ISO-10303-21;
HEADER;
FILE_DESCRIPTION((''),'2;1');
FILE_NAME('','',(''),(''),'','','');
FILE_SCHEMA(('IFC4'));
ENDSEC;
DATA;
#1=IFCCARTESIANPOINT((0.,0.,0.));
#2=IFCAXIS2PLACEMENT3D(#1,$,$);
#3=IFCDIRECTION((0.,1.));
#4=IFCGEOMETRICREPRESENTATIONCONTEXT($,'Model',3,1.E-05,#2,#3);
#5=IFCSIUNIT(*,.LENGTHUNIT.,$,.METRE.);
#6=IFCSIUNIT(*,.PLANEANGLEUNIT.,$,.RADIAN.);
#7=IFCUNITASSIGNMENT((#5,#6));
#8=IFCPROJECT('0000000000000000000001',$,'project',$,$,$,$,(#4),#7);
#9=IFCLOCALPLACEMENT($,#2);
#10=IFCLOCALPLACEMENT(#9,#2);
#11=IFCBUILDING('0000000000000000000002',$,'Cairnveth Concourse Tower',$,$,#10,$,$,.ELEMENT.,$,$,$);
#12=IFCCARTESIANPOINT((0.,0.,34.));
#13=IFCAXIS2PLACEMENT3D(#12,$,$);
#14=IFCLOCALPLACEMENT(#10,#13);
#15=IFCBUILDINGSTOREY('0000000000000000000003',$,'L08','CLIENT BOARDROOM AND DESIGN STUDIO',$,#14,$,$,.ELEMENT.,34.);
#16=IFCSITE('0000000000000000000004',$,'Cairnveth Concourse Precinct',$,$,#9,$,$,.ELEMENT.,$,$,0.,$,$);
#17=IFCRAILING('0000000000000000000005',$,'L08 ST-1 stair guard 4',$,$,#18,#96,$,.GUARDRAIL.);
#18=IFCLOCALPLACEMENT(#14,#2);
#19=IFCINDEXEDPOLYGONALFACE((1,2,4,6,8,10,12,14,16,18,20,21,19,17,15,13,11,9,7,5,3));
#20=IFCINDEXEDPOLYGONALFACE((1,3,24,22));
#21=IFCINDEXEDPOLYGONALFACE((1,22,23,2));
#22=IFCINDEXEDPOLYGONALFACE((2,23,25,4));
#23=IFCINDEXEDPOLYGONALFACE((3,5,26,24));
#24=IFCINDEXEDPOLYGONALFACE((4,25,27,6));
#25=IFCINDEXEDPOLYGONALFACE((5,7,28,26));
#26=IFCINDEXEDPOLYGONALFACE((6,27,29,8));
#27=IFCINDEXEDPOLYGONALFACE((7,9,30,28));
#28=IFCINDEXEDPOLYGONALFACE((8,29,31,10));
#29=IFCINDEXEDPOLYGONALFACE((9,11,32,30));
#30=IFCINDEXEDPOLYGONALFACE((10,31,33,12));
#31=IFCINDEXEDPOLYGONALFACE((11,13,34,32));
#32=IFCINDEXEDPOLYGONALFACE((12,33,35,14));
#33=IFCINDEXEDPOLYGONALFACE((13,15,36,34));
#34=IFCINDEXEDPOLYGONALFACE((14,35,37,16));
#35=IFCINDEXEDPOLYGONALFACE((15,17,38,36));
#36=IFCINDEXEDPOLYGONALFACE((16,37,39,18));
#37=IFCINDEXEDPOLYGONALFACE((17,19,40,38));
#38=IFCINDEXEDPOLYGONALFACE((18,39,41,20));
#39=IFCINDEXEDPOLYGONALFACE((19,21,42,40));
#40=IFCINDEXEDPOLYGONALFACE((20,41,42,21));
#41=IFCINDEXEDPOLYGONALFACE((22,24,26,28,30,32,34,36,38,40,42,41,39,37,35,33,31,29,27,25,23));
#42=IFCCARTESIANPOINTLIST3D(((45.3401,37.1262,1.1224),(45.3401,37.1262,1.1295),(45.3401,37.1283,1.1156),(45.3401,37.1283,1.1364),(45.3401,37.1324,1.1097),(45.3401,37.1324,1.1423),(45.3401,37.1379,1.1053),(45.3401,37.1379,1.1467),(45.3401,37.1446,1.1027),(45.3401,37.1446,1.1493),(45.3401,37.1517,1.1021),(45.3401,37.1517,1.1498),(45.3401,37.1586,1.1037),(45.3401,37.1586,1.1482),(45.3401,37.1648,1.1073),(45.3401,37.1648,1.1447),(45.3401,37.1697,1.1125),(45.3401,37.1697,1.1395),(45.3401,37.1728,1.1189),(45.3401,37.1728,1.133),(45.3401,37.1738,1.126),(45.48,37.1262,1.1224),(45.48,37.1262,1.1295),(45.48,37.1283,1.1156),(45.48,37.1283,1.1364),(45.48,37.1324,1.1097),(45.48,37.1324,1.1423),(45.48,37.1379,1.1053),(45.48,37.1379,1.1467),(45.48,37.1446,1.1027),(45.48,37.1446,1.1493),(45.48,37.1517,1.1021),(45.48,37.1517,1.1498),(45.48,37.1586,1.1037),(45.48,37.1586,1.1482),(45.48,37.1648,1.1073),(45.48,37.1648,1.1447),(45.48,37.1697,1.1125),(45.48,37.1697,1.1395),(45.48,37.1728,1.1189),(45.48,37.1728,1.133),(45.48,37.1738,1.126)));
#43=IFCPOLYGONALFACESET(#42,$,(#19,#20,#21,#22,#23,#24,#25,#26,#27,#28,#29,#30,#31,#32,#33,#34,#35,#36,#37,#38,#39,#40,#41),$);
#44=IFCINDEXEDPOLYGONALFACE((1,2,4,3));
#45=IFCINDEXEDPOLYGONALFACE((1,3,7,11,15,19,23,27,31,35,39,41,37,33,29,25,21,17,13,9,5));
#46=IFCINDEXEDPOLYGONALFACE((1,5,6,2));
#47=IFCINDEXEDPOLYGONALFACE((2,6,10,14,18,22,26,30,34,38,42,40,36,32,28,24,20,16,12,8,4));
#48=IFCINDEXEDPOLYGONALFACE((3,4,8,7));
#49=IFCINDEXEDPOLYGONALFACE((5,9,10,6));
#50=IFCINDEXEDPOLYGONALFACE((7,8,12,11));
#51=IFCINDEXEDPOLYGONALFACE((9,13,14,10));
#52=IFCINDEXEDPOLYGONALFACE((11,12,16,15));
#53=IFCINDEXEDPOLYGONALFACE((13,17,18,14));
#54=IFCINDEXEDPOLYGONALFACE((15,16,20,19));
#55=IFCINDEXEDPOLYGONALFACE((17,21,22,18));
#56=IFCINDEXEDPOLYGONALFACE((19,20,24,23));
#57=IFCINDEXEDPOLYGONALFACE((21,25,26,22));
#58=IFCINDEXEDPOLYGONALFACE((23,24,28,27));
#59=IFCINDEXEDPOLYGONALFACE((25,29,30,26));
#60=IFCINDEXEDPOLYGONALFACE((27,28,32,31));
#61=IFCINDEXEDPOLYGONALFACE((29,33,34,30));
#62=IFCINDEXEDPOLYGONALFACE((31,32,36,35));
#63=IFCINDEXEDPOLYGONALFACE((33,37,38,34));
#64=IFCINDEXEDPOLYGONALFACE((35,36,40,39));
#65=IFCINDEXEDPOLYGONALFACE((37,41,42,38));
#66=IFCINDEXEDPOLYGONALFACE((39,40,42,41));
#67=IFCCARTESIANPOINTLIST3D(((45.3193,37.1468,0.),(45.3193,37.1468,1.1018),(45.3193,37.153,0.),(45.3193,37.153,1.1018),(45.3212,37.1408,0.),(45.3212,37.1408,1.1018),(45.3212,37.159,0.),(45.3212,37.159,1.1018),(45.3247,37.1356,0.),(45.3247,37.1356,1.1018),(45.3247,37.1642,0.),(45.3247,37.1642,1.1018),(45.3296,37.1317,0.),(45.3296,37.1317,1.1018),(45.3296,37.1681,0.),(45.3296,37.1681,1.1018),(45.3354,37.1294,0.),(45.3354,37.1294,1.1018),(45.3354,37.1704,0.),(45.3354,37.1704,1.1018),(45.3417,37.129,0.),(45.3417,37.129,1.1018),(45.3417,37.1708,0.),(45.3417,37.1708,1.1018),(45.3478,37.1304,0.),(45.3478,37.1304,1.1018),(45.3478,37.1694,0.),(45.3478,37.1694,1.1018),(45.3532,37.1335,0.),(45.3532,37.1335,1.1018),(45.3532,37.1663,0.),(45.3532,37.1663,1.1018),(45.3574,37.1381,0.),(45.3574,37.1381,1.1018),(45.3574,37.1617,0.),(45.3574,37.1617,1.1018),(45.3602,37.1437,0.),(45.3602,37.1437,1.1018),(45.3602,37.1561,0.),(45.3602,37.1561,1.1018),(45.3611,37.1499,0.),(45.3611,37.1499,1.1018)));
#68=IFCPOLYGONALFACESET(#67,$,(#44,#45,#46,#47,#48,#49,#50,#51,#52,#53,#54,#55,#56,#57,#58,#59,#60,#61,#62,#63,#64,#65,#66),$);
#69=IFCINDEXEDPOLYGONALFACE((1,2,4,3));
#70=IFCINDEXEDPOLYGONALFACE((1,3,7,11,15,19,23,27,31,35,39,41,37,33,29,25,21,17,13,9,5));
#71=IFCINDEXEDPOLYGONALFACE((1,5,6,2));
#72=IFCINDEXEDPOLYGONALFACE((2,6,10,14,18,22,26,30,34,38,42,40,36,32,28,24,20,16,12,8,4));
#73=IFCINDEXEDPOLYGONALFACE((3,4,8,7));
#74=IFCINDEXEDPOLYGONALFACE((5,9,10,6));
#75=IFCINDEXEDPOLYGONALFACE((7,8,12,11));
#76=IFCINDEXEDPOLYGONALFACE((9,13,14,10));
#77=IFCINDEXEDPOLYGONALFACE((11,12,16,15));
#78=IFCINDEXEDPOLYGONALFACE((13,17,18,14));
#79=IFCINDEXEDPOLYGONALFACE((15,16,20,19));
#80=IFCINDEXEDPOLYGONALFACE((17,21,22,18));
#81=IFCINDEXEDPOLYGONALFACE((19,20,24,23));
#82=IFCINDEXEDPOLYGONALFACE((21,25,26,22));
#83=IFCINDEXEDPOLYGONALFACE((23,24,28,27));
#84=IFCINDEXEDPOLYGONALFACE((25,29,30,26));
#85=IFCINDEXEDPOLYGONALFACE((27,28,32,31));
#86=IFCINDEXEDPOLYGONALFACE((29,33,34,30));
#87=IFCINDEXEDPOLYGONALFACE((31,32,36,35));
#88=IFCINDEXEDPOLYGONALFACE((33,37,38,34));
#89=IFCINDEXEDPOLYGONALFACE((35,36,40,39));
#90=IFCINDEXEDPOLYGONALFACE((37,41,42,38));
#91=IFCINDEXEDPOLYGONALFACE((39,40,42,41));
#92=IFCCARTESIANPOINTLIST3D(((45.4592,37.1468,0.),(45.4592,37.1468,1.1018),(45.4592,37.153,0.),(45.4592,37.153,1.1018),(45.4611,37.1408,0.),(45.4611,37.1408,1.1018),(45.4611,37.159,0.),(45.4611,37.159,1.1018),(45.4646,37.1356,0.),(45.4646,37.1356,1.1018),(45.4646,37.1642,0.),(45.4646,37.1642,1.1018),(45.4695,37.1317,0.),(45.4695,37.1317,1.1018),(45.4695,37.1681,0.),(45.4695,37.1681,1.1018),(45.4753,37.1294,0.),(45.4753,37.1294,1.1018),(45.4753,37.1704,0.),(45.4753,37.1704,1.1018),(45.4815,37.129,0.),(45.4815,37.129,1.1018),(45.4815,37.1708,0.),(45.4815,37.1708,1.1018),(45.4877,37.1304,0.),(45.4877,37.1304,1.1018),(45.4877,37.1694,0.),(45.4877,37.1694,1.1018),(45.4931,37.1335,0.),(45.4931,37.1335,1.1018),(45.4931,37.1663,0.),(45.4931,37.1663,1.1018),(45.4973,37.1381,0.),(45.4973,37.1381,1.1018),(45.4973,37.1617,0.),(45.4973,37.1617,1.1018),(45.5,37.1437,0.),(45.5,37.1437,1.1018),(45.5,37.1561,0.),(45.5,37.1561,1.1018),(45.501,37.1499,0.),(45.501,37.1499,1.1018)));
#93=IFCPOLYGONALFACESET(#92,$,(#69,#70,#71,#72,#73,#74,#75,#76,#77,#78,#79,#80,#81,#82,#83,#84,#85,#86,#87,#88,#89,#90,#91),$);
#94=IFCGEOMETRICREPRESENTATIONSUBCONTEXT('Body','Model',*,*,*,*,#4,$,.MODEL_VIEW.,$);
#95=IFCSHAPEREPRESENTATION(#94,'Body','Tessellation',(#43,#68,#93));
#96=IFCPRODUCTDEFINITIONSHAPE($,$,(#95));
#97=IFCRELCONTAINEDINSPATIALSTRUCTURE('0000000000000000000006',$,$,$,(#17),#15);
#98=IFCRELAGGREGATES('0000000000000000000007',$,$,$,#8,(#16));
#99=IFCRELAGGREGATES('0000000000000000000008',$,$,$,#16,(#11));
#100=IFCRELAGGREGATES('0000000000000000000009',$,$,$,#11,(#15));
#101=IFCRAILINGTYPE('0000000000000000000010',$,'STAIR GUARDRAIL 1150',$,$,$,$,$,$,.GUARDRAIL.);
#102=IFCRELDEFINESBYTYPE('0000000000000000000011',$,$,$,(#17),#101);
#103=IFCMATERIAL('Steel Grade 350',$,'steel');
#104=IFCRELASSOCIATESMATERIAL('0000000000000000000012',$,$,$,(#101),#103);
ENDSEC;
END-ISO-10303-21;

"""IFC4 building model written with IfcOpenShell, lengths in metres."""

from ifc_helpers import new_model, si_unit, direction, frame, origin, origin_2d, place, context, subcontext, project, spatial, circle, extrude, material, type_object, element, save


model = new_model("IFC4")

# Units and contexts
model_context = context("Model", 3, precision=1e-05, world=origin(), true_north=direction((0.0, 1.0)))
body_context = subcontext(model_context, "Body", "Model", "MODEL_VIEW")
ifc_project = project(units=[si_unit("LENGTHUNIT", "METRE"), si_unit("PLANEANGLEUNIT", "RADIAN")], contexts=[model_context])

# Site, building, storey
site_placement = place(None, origin())
site = spatial("IfcSite", under=ifc_project, at=site_placement, Name="Cairnveth Concourse Precinct", CompositionType="ELEMENT", RefElevation=0.0)
building_placement = place(site_placement, origin())
building = spatial("IfcBuilding", under=site, at=building_placement, Name="Cairnveth Concourse Tower", CompositionType="ELEMENT")
storey_placement = place(building_placement, frame((0.0, 0.0, 34.0)))
storey = spatial("IfcBuildingStorey", under=building, at=storey_placement, Name="L08", Description="CLIENT BOARDROOM AND DESIGN STUDIO", CompositionType="ELEMENT", Elevation=34.0)

# Shared definitions
ifc_material_1 = material(Name="Steel Grade 350", Category="steel")

# Railing
railing_type_1 = type_object("IfcRailingType", Name="STAIR GUARDRAIL 1150", PredefinedType="GUARDRAIL", material=ifc_material_1)
railing_1_placement = place(storey_placement, frame((45.3401, 37.1499, 0.0)))
element("IfcRailing", 1, at=railing_1_placement, inside=storey, type_object=railing_type_1, Name="L08 ST-1 stair guard 4", PredefinedType="GUARDRAIL", context=body_context, shape_type="SweptSolid", body=[
    extrude(circle(Radius=0.0239, at=origin_2d()), frame((0.0, 0.0, 1.126), z_axis=(1.0, 0.0, 0.0), x_axis=(0.0, 1.0, 0.0)), (0.0, 0.0, 1.0), 0.1399),
    extrude(circle(Radius=0.021, at=origin_2d()), origin(), (0.0, 0.0, 1.0), 1.1018),
    extrude(circle(Radius=0.021, at=origin_2d()), frame((0.1399, 0.0, 0.0)), (0.0, 0.0, 1.0), 1.1018),
])

save(model, "model.ifc")
